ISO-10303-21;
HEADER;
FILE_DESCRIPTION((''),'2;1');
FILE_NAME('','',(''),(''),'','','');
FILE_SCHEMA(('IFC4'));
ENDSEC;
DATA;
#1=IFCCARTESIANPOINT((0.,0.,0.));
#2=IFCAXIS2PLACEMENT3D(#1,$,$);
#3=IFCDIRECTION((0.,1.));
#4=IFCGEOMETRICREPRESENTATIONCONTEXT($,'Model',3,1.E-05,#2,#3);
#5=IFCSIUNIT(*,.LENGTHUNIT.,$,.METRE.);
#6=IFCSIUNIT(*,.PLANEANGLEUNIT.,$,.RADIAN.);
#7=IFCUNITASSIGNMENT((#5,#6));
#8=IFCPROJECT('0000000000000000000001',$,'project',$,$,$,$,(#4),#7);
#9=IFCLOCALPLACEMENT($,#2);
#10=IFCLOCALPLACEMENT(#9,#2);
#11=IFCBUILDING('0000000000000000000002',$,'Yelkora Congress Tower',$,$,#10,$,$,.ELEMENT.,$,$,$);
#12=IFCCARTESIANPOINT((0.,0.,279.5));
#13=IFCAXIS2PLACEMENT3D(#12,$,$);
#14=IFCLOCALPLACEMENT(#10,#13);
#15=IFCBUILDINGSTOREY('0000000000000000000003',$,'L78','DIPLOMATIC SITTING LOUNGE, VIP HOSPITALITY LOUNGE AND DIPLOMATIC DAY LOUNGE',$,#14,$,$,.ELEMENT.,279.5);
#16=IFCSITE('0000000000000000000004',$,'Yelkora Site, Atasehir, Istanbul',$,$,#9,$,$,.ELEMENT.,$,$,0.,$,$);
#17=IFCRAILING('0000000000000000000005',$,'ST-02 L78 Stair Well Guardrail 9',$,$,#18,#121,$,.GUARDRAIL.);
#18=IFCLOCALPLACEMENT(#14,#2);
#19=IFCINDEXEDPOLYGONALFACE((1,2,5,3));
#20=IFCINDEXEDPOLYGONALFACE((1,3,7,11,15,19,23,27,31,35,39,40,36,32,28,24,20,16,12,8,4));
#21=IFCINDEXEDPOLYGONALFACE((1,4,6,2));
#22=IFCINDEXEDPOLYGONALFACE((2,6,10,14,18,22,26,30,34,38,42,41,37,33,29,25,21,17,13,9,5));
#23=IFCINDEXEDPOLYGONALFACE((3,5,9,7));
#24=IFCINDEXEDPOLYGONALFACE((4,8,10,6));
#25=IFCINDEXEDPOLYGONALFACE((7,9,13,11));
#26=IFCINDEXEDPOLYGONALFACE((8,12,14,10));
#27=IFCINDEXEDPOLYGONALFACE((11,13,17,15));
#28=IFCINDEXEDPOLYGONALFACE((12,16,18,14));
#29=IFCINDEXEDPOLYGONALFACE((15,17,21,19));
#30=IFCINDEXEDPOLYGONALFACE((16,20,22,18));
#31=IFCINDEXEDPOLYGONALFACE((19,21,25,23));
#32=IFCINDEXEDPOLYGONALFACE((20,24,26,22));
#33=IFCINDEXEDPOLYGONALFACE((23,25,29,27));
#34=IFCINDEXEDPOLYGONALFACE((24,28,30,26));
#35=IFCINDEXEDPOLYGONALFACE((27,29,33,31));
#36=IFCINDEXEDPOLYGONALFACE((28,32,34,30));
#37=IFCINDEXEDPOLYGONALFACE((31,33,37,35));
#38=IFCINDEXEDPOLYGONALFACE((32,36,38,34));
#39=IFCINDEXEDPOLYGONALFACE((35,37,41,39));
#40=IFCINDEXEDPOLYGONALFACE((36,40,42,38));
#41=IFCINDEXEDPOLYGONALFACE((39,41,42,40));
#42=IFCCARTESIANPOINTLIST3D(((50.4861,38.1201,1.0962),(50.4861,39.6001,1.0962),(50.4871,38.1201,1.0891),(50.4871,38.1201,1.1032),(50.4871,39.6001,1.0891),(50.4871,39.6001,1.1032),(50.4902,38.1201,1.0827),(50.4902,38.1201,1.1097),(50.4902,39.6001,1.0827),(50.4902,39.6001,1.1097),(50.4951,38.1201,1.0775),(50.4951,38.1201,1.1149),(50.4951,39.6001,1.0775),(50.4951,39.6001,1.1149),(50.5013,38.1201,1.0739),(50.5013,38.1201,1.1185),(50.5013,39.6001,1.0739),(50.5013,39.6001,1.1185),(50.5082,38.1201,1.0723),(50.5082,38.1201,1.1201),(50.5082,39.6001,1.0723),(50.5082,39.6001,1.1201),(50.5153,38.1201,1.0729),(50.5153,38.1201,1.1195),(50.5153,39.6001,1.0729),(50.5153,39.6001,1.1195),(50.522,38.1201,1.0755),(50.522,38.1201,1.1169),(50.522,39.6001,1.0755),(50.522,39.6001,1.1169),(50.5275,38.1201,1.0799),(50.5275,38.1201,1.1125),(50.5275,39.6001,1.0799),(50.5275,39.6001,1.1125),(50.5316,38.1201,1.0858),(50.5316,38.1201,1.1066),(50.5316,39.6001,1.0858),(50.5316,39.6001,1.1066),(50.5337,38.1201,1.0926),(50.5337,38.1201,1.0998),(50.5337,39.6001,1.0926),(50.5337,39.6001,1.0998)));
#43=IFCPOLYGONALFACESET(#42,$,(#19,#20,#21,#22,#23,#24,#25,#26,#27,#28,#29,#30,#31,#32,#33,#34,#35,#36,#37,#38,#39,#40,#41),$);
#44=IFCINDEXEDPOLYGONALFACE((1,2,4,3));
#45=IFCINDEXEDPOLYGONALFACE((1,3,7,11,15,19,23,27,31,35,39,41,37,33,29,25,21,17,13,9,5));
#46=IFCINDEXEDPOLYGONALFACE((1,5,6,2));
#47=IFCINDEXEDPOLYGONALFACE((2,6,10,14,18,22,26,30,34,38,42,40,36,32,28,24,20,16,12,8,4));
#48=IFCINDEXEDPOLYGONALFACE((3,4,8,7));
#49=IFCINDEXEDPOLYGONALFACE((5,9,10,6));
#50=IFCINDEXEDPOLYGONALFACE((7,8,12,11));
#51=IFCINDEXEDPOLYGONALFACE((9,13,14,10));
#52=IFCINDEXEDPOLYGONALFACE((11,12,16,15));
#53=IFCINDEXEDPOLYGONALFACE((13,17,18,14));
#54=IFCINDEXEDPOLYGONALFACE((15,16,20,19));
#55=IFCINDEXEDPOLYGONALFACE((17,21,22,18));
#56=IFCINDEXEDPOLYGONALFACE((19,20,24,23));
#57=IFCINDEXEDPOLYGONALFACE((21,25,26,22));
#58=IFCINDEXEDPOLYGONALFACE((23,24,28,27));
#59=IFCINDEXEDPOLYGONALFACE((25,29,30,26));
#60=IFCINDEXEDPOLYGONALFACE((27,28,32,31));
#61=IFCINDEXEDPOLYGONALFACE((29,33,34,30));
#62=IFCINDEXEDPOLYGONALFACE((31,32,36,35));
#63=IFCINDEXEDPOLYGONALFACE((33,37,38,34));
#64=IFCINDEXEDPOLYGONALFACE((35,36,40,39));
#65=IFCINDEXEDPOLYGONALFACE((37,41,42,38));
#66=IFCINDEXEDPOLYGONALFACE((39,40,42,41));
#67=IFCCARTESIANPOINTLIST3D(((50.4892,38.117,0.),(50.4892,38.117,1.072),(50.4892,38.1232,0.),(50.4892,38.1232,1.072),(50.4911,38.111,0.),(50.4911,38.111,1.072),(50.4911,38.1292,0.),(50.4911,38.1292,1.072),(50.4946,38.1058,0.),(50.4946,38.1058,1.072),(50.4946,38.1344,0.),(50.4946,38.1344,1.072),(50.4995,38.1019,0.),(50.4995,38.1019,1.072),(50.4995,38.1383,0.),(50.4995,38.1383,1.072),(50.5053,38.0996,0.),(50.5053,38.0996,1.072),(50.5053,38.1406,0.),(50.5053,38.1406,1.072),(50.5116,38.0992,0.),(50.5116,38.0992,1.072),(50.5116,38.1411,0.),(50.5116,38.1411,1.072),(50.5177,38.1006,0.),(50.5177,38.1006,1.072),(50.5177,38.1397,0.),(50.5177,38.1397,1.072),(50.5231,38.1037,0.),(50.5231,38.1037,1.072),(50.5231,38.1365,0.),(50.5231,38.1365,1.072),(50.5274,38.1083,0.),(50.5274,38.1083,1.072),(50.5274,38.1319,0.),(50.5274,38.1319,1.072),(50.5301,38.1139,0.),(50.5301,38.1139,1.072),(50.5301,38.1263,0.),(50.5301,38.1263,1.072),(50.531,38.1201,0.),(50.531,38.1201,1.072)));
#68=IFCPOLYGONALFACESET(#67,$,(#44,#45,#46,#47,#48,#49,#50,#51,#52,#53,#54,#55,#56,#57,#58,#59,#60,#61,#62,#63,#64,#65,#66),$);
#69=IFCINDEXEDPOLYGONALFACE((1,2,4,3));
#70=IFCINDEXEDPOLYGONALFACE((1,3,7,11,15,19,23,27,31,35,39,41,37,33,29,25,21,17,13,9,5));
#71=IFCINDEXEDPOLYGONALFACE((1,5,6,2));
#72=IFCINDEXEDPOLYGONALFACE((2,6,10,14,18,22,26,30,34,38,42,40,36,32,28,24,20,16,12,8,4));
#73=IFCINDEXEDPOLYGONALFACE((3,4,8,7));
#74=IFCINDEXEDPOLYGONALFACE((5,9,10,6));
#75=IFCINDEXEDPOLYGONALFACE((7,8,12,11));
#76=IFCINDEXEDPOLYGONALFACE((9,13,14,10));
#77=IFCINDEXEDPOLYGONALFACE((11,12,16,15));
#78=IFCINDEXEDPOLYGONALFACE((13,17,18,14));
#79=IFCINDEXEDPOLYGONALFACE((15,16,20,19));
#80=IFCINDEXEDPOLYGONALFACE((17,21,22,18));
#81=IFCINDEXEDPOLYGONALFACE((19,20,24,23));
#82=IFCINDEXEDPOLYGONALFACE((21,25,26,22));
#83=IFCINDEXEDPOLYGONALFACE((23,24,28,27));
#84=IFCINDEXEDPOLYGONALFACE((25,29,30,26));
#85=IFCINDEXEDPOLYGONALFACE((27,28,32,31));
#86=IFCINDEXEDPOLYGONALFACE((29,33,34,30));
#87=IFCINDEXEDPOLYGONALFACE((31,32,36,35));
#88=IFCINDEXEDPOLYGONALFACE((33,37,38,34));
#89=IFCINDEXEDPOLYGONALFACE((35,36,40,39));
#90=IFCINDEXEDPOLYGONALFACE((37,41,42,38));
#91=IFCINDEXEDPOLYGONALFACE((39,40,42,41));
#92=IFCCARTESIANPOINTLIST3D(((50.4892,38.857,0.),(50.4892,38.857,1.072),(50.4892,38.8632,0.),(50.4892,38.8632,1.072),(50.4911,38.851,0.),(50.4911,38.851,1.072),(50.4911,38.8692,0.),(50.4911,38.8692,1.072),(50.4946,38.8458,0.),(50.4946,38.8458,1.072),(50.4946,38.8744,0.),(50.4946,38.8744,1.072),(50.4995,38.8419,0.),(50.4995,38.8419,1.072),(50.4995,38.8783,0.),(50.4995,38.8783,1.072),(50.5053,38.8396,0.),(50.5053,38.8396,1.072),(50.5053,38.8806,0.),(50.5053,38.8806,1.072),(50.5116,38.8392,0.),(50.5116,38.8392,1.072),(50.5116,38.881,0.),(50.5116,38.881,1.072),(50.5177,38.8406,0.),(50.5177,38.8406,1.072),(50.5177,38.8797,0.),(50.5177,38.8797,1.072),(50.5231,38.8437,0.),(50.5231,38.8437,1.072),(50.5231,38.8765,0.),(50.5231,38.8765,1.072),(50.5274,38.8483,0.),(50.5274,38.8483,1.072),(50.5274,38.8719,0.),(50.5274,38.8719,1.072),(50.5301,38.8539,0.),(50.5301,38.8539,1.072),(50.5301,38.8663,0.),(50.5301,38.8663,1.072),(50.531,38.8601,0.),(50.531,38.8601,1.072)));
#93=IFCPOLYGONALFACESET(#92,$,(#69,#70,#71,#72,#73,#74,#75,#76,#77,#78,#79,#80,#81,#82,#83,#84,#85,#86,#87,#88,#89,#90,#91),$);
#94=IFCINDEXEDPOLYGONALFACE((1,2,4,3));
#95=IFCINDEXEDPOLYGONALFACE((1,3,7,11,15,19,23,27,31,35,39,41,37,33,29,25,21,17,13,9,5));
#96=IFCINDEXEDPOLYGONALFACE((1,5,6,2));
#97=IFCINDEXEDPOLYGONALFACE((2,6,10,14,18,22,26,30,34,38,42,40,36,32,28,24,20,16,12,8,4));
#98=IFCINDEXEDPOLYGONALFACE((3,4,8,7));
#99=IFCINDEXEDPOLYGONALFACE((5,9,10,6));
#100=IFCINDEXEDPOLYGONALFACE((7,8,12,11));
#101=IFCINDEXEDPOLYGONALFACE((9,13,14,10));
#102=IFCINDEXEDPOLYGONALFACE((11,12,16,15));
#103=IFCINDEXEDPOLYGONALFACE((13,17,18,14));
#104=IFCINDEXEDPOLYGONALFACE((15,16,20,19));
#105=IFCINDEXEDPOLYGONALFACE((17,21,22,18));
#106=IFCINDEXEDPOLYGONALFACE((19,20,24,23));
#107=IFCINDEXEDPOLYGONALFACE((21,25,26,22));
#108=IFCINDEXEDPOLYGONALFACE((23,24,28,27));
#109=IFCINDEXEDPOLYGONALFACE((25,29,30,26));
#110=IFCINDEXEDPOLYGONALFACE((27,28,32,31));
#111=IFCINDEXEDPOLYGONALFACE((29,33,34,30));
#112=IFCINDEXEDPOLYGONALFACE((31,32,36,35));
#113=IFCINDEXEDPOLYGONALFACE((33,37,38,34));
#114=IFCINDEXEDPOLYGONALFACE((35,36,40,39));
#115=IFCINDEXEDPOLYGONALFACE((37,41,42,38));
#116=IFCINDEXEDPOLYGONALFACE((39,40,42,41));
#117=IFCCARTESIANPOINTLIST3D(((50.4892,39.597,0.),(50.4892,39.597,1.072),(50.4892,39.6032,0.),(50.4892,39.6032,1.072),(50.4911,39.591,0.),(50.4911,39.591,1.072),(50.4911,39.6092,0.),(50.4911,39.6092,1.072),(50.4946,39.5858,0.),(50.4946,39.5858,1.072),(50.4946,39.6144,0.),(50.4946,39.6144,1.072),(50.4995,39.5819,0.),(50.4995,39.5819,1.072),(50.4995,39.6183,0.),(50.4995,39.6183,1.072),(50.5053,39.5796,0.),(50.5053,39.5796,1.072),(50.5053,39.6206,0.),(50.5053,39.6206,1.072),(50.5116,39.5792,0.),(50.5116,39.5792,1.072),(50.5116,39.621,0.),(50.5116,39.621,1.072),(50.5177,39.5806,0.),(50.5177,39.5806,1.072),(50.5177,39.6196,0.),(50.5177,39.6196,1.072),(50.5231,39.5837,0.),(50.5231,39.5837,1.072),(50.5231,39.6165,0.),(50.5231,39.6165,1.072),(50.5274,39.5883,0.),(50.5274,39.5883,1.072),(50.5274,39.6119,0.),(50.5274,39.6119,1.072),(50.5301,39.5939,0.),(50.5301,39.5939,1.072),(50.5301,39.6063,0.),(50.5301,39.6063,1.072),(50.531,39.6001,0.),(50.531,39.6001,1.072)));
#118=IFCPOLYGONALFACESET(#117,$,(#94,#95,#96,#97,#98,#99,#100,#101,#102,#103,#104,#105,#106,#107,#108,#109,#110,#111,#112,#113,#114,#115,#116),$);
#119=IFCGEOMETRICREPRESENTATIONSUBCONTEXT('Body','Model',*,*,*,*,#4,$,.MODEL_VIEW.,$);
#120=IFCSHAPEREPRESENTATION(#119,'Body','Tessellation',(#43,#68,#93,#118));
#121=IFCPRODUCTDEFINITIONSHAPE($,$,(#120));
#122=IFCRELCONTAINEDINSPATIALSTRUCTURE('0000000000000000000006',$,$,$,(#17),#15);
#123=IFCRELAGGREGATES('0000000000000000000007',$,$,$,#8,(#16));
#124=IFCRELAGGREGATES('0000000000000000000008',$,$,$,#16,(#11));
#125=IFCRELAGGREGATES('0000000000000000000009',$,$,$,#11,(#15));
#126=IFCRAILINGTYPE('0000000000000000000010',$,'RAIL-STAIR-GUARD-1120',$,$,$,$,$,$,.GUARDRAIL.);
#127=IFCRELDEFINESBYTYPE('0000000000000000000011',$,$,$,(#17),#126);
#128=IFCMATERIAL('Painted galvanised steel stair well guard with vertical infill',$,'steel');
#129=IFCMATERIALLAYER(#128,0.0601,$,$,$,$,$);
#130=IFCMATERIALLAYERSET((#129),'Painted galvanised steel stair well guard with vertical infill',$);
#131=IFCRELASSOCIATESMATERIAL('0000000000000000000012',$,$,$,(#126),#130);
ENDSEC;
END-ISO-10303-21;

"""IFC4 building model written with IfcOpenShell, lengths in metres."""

from ifc_helpers import new_model, si_unit, direction, frame, origin, origin_2d, place, context, subcontext, project, spatial, circle, extrude, material, layer, layer_set, type_object, element, save


model = new_model("IFC4")

# Units and contexts
model_context = context("Model", 3, precision=1e-05, world=origin(), true_north=direction((0.0, 1.0)))
body_context = subcontext(model_context, "Body", "Model", "MODEL_VIEW")
ifc_project = project(units=[si_unit("LENGTHUNIT", "METRE"), si_unit("PLANEANGLEUNIT", "RADIAN")], contexts=[model_context])

# Site, building, storey
site_placement = place(None, origin())
site = spatial("IfcSite", under=ifc_project, at=site_placement, Name="Yelkora Site, Atasehir, Istanbul", CompositionType="ELEMENT", RefElevation=0.0)
building_placement = place(site_placement, origin())
building = spatial("IfcBuilding", under=site, at=building_placement, Name="Yelkora Congress Tower", CompositionType="ELEMENT")
storey_placement = place(building_placement, frame((0.0, 0.0, 279.5)))
storey = spatial("IfcBuildingStorey", under=building, at=storey_placement, Name="L78", Description="DIPLOMATIC SITTING LOUNGE, VIP HOSPITALITY LOUNGE AND DIPLOMATIC DAY LOUNGE", CompositionType="ELEMENT", Elevation=279.5)

# Railing
ifc_material_1 = material(Name="Painted galvanised steel stair well guard with vertical infill", Category="steel")
ifc_layer_1 = layer(ifc_material_1, 0.0601)
ifc_layer_set_1 = layer_set([ifc_layer_1], Name="Painted galvanised steel stair well guard with vertical infill")
railing_type_1 = type_object("IfcRailingType", Name="RAIL-STAIR-GUARD-1120", PredefinedType="GUARDRAIL", material=ifc_layer_set_1)
for number, where, name in (
    (1, (50.51, 38.1201, 0.0), "ST-02 L78 Stair Well Guardrail 9"),
):
    element("IfcRailing", number, at=place(storey_placement, frame(where)), inside=storey, type_object=railing_type_1, Name=name, PredefinedType="GUARDRAIL", context=body_context, shape_type="SweptSolid", body=[
        extrude(circle(Radius=0.0239, at=origin_2d()), frame((0.0, 0.0, 1.0962), z_axis=(0.0, 1.0, 0.0), x_axis=(-1.0, 0.0, 0.0)), (0.0, 0.0, 1.0), 1.48),
        extrude(circle(Radius=0.021, at=origin_2d()), origin(), (0.0, 0.0, 1.0), 1.072),
        extrude(circle(Radius=0.021, at=origin_2d()), frame((0.0, 0.74, 0.0)), (0.0, 0.0, 1.0), 1.072),
        extrude(circle(Radius=0.021, at=origin_2d()), frame((0.0, 1.48, 0.0)), (0.0, 0.0, 1.0), 1.072),
    ])

save(model, "model.ifc")
